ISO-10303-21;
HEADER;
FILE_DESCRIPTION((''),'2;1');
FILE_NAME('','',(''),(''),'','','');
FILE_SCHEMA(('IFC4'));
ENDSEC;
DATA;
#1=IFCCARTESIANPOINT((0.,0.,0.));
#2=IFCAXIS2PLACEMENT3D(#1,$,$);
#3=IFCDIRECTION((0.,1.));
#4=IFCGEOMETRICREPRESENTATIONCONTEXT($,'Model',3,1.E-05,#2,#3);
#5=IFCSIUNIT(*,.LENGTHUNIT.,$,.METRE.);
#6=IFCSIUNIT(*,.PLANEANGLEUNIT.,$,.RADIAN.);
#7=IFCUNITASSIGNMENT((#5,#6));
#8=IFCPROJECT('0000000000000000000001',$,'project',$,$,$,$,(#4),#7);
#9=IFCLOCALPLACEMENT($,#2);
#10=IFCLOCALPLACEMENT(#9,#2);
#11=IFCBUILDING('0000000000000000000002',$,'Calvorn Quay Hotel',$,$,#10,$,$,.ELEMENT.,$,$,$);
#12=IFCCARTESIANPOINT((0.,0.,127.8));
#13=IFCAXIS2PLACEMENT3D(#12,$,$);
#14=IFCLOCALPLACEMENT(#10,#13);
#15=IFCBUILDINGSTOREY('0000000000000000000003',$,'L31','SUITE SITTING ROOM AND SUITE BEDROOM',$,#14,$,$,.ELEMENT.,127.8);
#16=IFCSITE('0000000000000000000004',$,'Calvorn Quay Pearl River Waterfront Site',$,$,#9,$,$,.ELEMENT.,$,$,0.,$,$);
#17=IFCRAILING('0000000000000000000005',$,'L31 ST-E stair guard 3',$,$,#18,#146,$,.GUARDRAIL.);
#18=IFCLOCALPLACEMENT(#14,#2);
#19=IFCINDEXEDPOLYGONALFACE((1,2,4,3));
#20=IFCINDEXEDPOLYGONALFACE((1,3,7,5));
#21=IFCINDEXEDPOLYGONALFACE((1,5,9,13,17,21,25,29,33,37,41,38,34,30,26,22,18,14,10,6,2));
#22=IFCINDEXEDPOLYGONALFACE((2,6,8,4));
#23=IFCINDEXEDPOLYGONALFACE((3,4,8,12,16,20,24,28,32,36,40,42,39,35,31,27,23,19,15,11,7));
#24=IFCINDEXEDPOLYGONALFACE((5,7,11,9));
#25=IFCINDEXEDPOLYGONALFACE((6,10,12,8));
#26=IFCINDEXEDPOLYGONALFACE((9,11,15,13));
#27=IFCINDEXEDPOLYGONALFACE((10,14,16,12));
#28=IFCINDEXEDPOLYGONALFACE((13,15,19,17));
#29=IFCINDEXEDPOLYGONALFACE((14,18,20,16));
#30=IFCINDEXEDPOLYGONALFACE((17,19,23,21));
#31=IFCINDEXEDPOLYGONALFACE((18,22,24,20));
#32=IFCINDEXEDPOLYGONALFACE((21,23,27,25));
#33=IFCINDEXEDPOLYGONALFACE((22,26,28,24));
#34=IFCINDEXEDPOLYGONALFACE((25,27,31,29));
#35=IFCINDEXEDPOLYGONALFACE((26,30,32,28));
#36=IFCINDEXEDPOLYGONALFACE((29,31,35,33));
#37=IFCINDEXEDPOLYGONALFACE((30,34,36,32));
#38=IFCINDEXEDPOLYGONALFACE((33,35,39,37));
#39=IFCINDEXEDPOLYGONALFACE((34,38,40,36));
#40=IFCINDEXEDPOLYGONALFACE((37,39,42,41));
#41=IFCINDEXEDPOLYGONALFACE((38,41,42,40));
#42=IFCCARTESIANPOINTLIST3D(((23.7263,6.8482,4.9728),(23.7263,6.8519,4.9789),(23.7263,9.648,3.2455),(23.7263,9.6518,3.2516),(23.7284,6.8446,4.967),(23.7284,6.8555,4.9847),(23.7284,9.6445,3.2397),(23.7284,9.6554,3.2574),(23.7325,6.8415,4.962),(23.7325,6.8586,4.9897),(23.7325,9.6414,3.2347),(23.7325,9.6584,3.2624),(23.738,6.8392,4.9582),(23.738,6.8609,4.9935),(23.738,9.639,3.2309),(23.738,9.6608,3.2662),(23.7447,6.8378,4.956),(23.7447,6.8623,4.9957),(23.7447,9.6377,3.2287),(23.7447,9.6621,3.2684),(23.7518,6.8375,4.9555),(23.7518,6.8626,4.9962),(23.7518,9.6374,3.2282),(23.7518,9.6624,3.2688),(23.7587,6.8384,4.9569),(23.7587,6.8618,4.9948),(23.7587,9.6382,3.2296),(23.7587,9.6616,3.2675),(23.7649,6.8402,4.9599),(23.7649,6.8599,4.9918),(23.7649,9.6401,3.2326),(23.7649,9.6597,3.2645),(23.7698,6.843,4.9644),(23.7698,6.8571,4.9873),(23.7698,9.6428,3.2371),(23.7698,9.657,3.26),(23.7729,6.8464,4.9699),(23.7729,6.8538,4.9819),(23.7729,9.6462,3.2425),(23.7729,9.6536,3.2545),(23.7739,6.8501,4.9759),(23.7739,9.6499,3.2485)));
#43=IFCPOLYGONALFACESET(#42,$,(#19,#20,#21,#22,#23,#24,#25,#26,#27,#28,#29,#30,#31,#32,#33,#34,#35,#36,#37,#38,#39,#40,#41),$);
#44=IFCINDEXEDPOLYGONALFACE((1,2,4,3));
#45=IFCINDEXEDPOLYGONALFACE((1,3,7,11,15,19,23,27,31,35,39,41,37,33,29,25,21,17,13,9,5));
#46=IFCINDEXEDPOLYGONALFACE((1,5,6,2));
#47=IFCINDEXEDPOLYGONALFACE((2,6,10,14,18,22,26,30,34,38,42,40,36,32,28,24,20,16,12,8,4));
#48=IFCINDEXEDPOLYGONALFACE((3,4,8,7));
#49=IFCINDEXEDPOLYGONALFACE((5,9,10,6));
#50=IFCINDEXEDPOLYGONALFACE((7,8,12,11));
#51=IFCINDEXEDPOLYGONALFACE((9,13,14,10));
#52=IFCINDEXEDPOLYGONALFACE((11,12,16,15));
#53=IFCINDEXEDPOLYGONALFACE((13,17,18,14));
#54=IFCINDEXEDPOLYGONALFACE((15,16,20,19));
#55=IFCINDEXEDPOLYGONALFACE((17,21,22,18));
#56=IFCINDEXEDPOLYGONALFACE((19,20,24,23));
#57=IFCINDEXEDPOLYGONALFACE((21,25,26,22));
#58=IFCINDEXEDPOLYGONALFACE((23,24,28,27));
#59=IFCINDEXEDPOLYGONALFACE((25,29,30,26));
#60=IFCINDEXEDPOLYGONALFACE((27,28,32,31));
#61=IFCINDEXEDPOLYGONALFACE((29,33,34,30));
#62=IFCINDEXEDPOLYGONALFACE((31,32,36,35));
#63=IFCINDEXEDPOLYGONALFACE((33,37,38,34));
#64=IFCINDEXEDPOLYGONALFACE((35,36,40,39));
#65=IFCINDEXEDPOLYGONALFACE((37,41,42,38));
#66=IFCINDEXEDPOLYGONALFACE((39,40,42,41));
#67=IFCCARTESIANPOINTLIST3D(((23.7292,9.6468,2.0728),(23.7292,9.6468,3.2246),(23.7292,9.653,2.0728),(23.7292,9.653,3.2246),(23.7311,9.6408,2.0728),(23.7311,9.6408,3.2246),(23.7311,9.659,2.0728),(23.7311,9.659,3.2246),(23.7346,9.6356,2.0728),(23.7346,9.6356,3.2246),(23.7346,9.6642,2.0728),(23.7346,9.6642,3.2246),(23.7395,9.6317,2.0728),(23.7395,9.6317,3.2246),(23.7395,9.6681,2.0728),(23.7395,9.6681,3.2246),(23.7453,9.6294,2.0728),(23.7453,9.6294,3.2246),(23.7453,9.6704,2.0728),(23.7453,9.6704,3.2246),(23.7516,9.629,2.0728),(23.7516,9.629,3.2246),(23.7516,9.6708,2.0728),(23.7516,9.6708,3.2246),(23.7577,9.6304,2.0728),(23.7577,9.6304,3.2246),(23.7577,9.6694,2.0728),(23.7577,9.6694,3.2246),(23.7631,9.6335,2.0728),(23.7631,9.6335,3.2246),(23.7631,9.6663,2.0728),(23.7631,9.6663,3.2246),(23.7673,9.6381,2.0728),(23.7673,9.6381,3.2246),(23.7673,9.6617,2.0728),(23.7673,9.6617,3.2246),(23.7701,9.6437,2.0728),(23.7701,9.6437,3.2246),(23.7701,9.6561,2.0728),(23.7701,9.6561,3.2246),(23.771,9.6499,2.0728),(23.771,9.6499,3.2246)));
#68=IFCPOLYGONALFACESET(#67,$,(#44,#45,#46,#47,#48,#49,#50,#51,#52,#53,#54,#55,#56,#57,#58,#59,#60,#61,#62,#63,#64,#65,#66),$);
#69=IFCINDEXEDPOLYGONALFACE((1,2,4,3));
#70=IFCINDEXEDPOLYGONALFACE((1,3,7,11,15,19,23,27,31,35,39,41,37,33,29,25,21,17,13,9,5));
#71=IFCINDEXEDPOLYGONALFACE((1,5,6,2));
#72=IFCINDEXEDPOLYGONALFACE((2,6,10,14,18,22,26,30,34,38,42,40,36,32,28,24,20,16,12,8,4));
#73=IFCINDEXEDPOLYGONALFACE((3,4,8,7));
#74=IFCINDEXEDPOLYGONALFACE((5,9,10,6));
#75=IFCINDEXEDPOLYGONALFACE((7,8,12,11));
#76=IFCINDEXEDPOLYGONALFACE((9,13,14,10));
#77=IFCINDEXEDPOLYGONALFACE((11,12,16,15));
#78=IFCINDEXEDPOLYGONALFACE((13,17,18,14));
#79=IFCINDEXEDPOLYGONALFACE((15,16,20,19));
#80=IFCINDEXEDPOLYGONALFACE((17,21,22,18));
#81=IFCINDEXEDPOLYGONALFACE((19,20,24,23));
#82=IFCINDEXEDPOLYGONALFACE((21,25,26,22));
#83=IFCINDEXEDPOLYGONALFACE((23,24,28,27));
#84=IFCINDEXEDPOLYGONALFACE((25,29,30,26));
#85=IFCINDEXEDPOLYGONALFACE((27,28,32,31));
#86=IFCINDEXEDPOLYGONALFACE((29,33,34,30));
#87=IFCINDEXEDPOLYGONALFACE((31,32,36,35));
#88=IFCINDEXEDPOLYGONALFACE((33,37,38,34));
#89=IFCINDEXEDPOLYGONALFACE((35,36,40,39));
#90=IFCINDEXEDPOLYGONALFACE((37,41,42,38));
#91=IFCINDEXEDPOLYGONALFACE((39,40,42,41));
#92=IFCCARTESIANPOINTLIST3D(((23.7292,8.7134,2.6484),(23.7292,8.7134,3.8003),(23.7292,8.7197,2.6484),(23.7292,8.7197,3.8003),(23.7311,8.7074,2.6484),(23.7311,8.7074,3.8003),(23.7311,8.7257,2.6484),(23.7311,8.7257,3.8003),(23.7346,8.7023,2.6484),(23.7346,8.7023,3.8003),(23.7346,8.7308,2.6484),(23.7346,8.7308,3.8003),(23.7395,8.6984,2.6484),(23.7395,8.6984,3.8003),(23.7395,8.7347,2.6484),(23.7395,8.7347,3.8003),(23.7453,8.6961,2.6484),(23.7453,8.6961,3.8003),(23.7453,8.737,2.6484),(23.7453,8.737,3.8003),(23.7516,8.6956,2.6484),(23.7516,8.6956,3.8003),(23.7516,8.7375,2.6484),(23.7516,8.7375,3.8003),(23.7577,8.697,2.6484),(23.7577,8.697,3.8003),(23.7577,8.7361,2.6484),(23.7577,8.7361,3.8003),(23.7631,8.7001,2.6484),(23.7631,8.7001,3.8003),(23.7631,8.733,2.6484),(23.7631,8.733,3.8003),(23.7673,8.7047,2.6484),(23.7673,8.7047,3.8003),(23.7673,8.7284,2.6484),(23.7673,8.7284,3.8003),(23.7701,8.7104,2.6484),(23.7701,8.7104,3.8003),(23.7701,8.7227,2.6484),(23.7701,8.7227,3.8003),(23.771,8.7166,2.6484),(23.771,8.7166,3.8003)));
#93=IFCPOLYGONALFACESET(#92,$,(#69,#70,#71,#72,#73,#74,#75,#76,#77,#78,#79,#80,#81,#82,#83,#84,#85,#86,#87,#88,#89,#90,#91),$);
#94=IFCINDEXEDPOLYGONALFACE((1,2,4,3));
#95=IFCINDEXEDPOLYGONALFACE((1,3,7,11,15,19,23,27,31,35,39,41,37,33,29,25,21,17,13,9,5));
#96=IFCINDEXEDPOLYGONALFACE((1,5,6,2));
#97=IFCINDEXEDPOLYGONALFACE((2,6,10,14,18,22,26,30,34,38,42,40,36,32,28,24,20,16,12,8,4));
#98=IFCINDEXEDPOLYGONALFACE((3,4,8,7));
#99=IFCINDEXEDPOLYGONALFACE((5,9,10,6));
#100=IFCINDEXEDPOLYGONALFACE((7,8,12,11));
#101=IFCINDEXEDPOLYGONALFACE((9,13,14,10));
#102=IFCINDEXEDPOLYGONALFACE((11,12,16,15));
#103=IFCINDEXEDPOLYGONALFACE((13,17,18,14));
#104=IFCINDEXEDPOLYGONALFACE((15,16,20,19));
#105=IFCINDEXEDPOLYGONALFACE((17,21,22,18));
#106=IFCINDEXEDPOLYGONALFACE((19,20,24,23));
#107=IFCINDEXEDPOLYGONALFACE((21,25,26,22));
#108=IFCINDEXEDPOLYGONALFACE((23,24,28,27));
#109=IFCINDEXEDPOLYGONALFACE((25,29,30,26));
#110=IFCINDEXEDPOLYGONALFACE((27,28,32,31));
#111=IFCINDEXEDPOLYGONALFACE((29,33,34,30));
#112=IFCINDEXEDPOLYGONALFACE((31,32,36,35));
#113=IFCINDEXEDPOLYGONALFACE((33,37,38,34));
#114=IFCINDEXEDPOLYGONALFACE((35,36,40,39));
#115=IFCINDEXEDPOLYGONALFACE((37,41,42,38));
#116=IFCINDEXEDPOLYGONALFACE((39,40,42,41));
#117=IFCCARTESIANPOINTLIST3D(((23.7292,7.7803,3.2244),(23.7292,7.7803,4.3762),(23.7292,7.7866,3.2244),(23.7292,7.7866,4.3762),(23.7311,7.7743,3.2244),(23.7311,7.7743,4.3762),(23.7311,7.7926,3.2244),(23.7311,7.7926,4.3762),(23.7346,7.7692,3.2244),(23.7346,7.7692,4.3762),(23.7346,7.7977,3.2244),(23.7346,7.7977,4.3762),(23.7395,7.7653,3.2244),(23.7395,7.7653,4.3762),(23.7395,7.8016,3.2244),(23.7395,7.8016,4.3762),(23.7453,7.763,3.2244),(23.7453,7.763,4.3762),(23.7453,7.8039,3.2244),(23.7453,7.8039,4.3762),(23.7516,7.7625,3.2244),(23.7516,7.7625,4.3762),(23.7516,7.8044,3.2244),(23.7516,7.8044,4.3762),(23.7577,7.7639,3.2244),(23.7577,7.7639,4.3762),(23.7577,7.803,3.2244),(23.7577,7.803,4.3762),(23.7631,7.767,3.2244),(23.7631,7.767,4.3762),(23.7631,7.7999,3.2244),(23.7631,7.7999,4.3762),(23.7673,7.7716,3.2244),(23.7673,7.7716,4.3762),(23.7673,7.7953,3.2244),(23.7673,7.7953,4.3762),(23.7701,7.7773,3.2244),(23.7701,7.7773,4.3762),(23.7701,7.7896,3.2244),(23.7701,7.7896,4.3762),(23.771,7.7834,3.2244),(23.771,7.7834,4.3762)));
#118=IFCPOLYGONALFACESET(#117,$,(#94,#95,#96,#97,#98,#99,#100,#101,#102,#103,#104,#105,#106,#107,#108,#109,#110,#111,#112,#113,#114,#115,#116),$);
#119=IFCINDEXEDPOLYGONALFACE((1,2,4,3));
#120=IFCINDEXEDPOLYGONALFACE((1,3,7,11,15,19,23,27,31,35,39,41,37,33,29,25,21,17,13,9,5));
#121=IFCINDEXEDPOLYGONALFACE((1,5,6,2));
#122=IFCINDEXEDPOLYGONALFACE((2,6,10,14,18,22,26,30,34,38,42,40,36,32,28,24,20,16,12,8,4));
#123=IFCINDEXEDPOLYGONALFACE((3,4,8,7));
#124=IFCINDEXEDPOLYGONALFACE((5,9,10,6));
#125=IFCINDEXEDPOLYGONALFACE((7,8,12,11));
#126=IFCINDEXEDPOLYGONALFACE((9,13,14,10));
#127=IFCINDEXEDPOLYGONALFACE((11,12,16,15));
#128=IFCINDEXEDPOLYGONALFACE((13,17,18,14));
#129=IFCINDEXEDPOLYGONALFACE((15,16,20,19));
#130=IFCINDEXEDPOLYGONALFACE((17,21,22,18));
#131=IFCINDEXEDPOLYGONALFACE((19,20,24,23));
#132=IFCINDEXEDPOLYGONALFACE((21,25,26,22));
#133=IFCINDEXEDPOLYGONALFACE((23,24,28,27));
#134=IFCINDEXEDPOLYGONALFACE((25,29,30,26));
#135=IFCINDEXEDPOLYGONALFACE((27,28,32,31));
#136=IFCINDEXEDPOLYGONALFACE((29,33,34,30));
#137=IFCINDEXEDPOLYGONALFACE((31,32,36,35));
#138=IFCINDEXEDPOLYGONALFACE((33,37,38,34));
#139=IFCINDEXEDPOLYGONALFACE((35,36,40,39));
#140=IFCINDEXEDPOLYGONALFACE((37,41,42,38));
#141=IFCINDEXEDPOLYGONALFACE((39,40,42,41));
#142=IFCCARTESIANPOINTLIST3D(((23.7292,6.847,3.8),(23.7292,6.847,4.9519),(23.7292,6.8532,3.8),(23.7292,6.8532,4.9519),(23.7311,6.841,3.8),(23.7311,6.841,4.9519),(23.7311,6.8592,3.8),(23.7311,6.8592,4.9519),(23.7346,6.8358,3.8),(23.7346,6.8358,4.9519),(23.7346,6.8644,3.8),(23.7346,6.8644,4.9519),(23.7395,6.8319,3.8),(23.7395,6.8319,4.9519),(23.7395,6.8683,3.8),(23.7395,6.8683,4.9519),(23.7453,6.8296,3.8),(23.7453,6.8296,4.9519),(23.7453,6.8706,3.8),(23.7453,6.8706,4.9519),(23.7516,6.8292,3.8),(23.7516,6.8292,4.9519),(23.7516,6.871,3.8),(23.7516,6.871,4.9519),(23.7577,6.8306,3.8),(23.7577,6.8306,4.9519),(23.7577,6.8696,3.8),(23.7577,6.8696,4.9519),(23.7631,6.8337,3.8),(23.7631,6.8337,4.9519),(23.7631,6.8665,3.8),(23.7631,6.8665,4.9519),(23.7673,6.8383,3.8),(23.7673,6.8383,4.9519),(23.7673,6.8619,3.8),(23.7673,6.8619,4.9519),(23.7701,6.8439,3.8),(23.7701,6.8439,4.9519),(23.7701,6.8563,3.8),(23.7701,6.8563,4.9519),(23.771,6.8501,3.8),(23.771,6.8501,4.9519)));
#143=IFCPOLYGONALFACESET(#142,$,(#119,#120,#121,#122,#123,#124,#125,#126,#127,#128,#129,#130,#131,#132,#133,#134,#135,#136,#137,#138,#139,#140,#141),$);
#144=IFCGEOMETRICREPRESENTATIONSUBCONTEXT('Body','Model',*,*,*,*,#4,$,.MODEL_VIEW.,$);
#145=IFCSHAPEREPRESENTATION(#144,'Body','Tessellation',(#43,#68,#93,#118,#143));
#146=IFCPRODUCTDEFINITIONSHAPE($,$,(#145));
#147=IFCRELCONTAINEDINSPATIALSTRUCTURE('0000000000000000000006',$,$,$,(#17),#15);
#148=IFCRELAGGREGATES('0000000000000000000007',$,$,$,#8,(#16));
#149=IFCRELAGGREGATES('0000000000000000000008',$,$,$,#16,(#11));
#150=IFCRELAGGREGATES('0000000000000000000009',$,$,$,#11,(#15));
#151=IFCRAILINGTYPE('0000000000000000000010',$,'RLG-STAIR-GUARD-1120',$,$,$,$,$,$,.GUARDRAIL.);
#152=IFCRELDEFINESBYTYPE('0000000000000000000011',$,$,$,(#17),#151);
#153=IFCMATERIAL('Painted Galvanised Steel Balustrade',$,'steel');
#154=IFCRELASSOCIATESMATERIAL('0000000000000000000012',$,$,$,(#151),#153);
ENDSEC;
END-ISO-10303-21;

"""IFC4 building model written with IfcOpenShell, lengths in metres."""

from ifc_helpers import new_model, si_unit, direction, frame, origin, origin_2d, place, context, subcontext, project, spatial, circle, extrude, material, type_object, element, save


model = new_model("IFC4")

# Units and contexts
model_context = context("Model", 3, precision=1e-05, world=origin(), true_north=direction((0.0, 1.0)))
body_context = subcontext(model_context, "Body", "Model", "MODEL_VIEW")
ifc_project = project(units=[si_unit("LENGTHUNIT", "METRE"), si_unit("PLANEANGLEUNIT", "RADIAN")], contexts=[model_context])

# Site, building, storey
site_placement = place(None, origin())
site = spatial("IfcSite", under=ifc_project, at=site_placement, Name="Calvorn Quay Pearl River Waterfront Site", CompositionType="ELEMENT", RefElevation=0.0)
building_placement = place(site_placement, origin())
building = spatial("IfcBuilding", under=site, at=building_placement, Name="Calvorn Quay Hotel", CompositionType="ELEMENT")
storey_placement = place(building_placement, frame((0.0, 0.0, 127.8)))
storey = spatial("IfcBuildingStorey", under=building, at=storey_placement, Name="L31", Description="SUITE SITTING ROOM AND SUITE BEDROOM", CompositionType="ELEMENT", Elevation=127.8)

# Railing
ifc_material_1 = material(Name="Painted Galvanised Steel Balustrade", Category="steel")
railing_type_1 = type_object("IfcRailingType", Name="RLG-STAIR-GUARD-1120", PredefinedType="GUARDRAIL", material=ifc_material_1)
railing_1_placement = place(storey_placement, frame((23.75, 9.6499, 2.0728)))
element("IfcRailing", 1, at=railing_1_placement, inside=storey, type_object=railing_type_1, Name="L31 ST-E stair guard 3", PredefinedType="GUARDRAIL", context=body_context, shape_type="SweptSolid", body=[
    extrude(circle(Radius=0.0239, at=origin_2d()), frame((0.0, 0.0, 1.1758), z_axis=(0.0, -0.851069, 0.525054), x_axis=(1.0, 0.0, 0.0)), (0.0, 0.0, 1.0), 3.2898),
    extrude(circle(Radius=0.021, at=origin_2d()), origin(), (0.0, 0.0, 1.0), 1.1519),
    extrude(circle(Radius=0.021, at=origin_2d()), frame((0.0, -0.9333, 0.5757)), (0.0, 0.0, 1.0), 1.1519),
    extrude(circle(Radius=0.021, at=origin_2d()), frame((0.0, -1.8665, 1.1516)), (0.0, 0.0, 1.0), 1.1519),
    extrude(circle(Radius=0.021, at=origin_2d()), frame((0.0, -2.7998, 1.7273)), (0.0, 0.0, 1.0), 1.1519),
])

save(model, "model.ifc")
